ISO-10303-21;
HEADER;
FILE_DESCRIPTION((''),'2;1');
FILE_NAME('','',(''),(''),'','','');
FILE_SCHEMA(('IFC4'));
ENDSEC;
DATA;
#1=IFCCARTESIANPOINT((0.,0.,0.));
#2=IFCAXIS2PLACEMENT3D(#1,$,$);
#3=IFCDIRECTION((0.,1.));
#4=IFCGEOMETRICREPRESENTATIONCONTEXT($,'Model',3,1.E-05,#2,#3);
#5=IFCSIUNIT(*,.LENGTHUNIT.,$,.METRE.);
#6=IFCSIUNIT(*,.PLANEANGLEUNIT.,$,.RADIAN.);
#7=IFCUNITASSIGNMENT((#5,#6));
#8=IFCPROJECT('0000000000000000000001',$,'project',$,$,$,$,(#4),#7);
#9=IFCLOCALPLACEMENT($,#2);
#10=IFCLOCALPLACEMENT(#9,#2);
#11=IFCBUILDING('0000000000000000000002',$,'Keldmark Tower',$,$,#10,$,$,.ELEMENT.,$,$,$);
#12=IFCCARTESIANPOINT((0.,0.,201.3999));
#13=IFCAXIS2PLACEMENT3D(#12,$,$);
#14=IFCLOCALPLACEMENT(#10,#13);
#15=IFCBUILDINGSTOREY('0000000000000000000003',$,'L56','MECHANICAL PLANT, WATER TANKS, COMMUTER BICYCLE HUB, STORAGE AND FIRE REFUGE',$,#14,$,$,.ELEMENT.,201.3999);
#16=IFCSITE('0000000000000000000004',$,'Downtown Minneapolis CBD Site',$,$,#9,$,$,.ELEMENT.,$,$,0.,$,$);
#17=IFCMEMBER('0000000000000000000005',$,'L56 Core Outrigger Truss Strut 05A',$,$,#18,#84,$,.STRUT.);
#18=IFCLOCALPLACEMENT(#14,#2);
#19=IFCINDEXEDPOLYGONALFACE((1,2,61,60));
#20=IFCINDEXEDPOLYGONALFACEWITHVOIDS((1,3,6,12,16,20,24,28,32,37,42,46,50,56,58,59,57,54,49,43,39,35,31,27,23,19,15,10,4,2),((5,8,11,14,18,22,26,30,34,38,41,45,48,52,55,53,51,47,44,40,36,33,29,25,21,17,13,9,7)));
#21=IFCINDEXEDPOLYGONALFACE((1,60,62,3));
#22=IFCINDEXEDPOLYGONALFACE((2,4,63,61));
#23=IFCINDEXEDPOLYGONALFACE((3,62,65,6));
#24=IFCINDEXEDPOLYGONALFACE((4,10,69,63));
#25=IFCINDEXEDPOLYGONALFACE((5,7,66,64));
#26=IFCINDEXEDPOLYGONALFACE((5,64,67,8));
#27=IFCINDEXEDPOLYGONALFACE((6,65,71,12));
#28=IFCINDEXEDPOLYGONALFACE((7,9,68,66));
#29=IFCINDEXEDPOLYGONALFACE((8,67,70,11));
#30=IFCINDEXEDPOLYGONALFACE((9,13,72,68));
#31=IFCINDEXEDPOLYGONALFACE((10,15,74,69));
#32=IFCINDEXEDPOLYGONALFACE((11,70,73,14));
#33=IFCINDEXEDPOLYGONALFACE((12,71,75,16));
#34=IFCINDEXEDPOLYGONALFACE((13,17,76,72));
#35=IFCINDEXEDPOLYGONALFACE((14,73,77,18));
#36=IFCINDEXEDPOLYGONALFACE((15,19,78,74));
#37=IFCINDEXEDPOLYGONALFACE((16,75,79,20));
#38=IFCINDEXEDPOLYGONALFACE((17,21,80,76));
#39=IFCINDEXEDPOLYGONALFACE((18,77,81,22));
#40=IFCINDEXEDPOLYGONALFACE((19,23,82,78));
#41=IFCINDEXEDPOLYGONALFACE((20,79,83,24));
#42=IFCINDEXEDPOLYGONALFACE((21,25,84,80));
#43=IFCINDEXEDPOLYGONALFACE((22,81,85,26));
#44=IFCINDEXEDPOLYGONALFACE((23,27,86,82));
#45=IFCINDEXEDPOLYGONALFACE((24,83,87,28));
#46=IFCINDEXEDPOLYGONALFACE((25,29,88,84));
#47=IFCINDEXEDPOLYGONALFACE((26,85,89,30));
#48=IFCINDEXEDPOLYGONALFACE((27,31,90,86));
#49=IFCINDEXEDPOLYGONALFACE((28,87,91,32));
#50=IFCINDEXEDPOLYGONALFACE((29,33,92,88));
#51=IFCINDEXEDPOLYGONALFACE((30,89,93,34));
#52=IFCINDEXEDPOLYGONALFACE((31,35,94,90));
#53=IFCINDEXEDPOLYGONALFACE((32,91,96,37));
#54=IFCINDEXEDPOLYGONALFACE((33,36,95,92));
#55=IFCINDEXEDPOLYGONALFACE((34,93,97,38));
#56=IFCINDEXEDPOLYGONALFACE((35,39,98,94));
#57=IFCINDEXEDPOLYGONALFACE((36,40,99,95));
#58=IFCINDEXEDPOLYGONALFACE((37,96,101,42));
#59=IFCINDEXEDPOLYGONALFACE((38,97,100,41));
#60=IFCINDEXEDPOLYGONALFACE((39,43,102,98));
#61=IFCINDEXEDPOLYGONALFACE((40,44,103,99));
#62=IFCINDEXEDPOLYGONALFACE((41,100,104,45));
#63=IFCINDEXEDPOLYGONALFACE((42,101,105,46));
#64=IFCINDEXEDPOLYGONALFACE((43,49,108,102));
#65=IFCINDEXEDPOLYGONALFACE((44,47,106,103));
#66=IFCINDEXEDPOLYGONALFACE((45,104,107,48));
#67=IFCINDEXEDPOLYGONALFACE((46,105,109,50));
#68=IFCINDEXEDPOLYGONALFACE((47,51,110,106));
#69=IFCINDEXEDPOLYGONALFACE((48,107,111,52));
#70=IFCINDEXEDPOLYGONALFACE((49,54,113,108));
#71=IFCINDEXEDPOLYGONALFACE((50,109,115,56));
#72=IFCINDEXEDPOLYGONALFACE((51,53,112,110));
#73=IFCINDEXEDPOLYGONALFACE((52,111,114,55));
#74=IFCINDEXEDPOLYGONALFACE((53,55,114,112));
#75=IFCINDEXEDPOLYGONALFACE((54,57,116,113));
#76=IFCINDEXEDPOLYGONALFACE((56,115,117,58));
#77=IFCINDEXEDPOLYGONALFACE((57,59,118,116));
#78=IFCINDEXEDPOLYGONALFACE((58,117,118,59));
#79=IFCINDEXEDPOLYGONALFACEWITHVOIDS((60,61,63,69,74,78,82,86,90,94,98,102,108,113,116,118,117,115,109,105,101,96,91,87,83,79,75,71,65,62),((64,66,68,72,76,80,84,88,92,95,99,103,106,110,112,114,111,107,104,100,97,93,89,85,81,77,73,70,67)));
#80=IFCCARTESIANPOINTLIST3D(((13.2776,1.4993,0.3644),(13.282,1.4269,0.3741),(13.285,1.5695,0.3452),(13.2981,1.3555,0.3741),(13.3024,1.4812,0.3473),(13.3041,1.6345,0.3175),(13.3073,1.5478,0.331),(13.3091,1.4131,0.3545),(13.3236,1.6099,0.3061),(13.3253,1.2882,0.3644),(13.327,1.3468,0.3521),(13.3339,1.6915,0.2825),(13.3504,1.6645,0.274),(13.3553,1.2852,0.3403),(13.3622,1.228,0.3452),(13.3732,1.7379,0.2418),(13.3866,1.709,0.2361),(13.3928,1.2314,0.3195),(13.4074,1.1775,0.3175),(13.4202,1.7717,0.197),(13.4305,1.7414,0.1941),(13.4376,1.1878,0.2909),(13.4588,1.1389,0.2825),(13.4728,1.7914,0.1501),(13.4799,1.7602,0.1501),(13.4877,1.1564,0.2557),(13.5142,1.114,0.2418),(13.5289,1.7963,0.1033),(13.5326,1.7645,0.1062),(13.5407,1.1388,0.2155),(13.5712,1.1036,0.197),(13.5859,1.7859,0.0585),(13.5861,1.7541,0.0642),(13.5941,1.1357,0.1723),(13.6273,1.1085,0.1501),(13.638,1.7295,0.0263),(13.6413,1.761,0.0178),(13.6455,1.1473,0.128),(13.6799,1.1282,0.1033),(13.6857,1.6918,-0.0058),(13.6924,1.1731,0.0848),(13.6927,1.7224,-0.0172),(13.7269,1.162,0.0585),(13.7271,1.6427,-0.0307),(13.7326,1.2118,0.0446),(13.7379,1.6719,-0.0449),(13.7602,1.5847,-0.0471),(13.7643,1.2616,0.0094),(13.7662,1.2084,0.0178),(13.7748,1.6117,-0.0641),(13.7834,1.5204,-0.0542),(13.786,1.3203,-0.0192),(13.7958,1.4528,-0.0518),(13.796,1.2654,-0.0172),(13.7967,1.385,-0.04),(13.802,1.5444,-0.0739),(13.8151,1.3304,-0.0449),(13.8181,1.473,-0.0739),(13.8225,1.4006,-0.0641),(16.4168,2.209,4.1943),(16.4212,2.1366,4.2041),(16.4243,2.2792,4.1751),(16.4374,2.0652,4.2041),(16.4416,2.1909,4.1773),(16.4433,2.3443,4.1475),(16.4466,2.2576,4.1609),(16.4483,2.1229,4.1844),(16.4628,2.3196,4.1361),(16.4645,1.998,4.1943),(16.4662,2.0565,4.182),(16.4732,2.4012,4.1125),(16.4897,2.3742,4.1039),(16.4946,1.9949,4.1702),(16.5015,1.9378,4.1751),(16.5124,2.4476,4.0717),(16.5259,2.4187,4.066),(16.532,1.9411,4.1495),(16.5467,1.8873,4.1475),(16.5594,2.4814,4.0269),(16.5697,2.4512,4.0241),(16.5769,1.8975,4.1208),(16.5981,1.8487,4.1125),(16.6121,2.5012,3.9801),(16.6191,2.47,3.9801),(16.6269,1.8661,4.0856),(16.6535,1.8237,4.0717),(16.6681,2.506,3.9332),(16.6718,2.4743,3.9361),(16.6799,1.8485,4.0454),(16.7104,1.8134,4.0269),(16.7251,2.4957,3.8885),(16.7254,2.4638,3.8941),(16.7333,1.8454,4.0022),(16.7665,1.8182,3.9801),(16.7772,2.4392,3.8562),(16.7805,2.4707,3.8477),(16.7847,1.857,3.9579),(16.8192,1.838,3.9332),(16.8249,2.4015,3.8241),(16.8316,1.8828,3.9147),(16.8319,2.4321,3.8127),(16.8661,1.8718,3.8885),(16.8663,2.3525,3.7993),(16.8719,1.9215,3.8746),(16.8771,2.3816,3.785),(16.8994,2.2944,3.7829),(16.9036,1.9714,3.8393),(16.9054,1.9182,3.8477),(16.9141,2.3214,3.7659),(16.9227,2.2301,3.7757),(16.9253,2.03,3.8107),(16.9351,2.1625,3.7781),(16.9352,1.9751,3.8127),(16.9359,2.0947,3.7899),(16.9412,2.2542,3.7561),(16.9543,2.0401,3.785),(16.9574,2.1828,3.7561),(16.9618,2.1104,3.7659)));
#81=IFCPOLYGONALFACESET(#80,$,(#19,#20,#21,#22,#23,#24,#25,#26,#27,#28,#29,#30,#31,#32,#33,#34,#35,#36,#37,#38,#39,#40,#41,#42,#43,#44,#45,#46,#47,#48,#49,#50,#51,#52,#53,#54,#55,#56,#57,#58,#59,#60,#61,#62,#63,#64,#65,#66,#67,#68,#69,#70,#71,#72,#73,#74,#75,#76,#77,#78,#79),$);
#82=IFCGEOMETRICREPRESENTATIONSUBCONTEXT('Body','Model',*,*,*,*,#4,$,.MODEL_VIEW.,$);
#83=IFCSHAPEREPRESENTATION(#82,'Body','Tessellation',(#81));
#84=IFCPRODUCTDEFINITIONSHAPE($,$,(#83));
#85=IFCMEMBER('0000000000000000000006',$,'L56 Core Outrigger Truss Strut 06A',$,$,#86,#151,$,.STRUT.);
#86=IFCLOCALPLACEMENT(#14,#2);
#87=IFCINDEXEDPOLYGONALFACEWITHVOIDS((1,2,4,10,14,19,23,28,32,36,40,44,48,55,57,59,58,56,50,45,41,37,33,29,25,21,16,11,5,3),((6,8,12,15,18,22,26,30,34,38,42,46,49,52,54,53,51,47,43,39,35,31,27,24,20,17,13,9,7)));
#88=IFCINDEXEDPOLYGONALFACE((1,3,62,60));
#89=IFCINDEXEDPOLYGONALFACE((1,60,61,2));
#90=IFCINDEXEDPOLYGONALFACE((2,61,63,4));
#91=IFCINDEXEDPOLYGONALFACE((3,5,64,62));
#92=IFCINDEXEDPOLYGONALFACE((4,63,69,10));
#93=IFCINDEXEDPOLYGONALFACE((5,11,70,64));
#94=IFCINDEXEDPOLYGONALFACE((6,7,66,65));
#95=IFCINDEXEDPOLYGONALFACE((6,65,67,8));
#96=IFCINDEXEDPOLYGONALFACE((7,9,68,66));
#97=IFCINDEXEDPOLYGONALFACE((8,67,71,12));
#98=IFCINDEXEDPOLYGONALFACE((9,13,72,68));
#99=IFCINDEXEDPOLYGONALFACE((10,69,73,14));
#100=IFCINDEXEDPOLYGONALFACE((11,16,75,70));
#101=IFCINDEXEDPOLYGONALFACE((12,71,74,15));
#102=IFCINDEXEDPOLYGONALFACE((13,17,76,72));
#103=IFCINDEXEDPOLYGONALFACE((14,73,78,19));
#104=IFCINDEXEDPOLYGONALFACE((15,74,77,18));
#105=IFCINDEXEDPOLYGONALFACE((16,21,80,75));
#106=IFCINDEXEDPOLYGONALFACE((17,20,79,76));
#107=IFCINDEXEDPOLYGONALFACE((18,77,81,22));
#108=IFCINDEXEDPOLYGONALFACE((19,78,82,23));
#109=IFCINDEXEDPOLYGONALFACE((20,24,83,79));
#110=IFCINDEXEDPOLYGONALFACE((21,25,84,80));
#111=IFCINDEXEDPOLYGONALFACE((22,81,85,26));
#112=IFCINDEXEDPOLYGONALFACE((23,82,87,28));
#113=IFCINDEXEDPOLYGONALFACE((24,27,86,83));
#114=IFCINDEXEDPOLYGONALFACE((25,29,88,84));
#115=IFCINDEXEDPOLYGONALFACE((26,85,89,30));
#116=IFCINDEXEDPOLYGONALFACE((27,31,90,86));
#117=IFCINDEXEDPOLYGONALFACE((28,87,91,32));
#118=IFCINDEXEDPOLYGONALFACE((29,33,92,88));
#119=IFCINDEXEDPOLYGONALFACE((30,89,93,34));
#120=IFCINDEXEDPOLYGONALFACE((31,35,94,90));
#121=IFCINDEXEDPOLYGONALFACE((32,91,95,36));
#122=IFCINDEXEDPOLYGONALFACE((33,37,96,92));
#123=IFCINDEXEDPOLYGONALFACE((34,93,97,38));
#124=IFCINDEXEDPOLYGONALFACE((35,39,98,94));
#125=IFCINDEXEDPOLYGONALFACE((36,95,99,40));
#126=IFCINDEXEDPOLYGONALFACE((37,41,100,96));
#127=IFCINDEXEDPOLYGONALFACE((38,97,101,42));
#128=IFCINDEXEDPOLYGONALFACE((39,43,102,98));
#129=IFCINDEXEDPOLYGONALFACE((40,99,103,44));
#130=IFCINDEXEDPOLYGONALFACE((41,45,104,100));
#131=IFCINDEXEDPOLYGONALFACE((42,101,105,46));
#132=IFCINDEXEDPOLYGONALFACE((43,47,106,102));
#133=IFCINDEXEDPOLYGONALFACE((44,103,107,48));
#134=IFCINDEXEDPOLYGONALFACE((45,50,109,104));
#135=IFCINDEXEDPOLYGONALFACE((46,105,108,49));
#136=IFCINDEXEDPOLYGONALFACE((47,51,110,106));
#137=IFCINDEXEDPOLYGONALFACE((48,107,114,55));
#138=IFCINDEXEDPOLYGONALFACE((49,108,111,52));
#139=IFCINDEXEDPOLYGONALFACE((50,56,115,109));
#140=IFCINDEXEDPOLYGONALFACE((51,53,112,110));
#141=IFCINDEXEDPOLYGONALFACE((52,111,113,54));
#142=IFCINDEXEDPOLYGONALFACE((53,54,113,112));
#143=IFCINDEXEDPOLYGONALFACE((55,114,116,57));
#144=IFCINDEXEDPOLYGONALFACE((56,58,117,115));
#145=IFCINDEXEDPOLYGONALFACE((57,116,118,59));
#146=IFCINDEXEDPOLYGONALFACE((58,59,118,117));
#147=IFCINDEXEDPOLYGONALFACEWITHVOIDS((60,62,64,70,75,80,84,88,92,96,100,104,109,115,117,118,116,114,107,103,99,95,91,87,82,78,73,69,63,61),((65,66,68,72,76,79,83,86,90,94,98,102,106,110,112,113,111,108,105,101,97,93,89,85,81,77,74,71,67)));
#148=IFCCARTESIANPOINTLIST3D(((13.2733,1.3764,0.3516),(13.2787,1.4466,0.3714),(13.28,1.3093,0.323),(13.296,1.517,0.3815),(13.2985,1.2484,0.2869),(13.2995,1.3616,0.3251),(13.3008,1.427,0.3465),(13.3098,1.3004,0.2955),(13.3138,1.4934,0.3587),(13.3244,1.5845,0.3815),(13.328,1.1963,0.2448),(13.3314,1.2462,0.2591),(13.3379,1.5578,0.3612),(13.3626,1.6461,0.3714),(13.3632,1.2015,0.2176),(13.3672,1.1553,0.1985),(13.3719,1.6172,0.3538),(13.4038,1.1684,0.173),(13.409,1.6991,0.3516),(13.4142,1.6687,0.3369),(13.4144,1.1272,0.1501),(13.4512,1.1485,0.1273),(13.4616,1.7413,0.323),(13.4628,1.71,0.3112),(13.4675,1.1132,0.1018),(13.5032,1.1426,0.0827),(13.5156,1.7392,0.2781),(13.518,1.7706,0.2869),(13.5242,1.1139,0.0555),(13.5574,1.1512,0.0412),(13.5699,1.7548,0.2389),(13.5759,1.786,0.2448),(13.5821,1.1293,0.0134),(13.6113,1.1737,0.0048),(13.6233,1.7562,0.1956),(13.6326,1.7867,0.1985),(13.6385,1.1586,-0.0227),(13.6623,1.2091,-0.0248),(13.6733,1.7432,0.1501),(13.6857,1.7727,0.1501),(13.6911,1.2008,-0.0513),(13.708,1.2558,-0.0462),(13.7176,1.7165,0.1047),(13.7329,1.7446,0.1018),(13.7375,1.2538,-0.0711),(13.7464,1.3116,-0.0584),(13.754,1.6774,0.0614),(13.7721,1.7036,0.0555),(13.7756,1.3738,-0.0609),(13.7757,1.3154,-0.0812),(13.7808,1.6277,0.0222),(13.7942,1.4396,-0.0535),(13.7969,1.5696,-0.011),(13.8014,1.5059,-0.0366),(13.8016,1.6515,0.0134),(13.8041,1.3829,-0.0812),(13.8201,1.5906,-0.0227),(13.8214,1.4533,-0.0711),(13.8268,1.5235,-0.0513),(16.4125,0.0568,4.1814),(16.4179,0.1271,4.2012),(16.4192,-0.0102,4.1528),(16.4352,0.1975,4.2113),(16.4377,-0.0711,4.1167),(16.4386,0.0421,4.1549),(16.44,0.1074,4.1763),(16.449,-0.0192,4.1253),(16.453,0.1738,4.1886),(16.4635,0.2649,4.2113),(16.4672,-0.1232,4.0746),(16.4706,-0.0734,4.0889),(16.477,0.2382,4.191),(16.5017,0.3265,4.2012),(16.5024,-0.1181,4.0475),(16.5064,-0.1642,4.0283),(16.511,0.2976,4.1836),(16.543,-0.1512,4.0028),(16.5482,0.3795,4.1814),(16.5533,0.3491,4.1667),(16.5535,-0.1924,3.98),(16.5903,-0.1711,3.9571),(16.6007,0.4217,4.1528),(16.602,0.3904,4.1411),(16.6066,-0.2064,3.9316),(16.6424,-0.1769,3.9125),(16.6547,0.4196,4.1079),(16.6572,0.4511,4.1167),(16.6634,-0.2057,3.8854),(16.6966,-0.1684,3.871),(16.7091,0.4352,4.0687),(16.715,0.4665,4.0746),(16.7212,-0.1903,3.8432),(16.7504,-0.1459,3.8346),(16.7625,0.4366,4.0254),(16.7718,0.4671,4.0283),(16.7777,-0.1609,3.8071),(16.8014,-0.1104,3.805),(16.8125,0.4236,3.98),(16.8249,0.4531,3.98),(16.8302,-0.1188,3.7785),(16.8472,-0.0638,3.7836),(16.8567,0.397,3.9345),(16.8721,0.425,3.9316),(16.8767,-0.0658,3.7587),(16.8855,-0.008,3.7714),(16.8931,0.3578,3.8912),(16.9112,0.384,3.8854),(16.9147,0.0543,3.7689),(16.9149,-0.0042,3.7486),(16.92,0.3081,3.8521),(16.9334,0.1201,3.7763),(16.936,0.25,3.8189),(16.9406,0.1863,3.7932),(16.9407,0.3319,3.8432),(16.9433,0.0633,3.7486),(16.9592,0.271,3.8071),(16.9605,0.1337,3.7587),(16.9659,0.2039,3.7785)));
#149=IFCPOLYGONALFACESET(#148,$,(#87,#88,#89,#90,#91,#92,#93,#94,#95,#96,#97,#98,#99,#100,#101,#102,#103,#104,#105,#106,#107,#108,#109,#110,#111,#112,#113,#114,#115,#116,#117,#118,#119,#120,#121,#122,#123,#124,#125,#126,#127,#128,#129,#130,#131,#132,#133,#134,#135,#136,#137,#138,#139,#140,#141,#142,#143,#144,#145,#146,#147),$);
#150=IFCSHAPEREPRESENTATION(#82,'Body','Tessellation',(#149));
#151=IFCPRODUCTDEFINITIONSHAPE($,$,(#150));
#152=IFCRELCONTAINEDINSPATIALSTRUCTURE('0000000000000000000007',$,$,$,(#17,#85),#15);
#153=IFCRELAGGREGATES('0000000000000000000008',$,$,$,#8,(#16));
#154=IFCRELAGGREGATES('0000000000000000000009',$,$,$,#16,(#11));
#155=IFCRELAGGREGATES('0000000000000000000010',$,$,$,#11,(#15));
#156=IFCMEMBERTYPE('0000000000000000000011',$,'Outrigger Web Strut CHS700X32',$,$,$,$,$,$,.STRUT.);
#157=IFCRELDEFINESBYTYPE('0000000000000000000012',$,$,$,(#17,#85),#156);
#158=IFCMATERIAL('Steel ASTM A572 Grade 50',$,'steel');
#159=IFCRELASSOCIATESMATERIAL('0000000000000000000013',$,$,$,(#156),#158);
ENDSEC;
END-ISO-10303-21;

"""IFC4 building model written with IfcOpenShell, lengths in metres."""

from ifc_helpers import new_model, si_unit, direction, frame, origin, origin_2d, place, context, subcontext, project, spatial, hollow_circle, extrude, material, material_profile, profile_set, type_object, element, save


model = new_model("IFC4")

# Units and contexts
model_context = context("Model", 3, precision=1e-05, world=origin(), true_north=direction((0.0, 1.0)))
body_context = subcontext(model_context, "Body", "Model", "MODEL_VIEW")
ifc_project = project(units=[si_unit("LENGTHUNIT", "METRE"), si_unit("PLANEANGLEUNIT", "RADIAN")], contexts=[model_context])

# Site, building, storey
site_placement = place(None, origin())
site = spatial("IfcSite", under=ifc_project, at=site_placement, Name="Downtown Minneapolis CBD Site", CompositionType="ELEMENT", RefElevation=0.0)
building_placement = place(site_placement, origin())
building = spatial("IfcBuilding", under=site, at=building_placement, Name="Keldmark Tower", CompositionType="ELEMENT")
storey_placement = place(building_placement, frame((0.0, 0.0, 201.3999)))
storey = spatial("IfcBuildingStorey", under=building, at=storey_placement, Name="L56", Description="MECHANICAL PLANT, WATER TANKS, COMMUTER BICYCLE HUB, STORAGE AND FIRE REFUGE", CompositionType="ELEMENT", Elevation=201.3999)

# Members
ifc_material_1 = material(Name="Steel ASTM A572 Grade 50", Category="steel")
ifc_material_profile_1 = material_profile(ifc_material_1, hollow_circle(Radius=0.3501, WallThickness=0.032, at=origin_2d()), Name="CHS700X32")
ifc_profile_set_1 = profile_set([ifc_material_profile_1], Name="Steel ASTM A572 Grade 50")
member_type_1 = type_object("IfcMemberType", Name="Outrigger Web Strut CHS700X32", PredefinedType="STRUT", material=ifc_profile_set_1)
member_1_placement = place(storey_placement, frame((13.55, 1.45, 0.1501), z_axis=(0.62751, 0.141871, 0.765574), x_axis=(-0.220519, 0.975383, 0.0)))
element("IfcMember", 1, at=member_1_placement, inside=storey, type_object=member_type_1, Name="L56 Core Outrigger Truss Strut 05A", PredefinedType="STRUT", context=body_context, shape_type="SweptSolid", body=[
    extrude(hollow_circle(Radius=0.3501, WallThickness=0.032, at=origin_2d()), origin(), (0.0, 0.0, 1.0), 5.0027),
])
for number, where, z_axis, x_axis, name in (
    (2, (13.55, 1.45, 0.1501), (0.612547, -0.257491, 0.747319), (0.387515, 0.921863, 0.0), "L56 Core Outrigger Truss Strut 06A"),
):
    element("IfcMember", number, at=place(storey_placement, frame(where, z_axis=z_axis, x_axis=x_axis)), inside=storey, type_object=member_type_1, Name=name, PredefinedType="STRUT", context=body_context, shape_type="SweptSolid", body=[
        extrude(hollow_circle(Radius=0.3501, WallThickness=0.032, at=origin_2d()), origin(), (0.0, 0.0, 1.0), 5.1248),
    ])

save(model, "model.ifc")
